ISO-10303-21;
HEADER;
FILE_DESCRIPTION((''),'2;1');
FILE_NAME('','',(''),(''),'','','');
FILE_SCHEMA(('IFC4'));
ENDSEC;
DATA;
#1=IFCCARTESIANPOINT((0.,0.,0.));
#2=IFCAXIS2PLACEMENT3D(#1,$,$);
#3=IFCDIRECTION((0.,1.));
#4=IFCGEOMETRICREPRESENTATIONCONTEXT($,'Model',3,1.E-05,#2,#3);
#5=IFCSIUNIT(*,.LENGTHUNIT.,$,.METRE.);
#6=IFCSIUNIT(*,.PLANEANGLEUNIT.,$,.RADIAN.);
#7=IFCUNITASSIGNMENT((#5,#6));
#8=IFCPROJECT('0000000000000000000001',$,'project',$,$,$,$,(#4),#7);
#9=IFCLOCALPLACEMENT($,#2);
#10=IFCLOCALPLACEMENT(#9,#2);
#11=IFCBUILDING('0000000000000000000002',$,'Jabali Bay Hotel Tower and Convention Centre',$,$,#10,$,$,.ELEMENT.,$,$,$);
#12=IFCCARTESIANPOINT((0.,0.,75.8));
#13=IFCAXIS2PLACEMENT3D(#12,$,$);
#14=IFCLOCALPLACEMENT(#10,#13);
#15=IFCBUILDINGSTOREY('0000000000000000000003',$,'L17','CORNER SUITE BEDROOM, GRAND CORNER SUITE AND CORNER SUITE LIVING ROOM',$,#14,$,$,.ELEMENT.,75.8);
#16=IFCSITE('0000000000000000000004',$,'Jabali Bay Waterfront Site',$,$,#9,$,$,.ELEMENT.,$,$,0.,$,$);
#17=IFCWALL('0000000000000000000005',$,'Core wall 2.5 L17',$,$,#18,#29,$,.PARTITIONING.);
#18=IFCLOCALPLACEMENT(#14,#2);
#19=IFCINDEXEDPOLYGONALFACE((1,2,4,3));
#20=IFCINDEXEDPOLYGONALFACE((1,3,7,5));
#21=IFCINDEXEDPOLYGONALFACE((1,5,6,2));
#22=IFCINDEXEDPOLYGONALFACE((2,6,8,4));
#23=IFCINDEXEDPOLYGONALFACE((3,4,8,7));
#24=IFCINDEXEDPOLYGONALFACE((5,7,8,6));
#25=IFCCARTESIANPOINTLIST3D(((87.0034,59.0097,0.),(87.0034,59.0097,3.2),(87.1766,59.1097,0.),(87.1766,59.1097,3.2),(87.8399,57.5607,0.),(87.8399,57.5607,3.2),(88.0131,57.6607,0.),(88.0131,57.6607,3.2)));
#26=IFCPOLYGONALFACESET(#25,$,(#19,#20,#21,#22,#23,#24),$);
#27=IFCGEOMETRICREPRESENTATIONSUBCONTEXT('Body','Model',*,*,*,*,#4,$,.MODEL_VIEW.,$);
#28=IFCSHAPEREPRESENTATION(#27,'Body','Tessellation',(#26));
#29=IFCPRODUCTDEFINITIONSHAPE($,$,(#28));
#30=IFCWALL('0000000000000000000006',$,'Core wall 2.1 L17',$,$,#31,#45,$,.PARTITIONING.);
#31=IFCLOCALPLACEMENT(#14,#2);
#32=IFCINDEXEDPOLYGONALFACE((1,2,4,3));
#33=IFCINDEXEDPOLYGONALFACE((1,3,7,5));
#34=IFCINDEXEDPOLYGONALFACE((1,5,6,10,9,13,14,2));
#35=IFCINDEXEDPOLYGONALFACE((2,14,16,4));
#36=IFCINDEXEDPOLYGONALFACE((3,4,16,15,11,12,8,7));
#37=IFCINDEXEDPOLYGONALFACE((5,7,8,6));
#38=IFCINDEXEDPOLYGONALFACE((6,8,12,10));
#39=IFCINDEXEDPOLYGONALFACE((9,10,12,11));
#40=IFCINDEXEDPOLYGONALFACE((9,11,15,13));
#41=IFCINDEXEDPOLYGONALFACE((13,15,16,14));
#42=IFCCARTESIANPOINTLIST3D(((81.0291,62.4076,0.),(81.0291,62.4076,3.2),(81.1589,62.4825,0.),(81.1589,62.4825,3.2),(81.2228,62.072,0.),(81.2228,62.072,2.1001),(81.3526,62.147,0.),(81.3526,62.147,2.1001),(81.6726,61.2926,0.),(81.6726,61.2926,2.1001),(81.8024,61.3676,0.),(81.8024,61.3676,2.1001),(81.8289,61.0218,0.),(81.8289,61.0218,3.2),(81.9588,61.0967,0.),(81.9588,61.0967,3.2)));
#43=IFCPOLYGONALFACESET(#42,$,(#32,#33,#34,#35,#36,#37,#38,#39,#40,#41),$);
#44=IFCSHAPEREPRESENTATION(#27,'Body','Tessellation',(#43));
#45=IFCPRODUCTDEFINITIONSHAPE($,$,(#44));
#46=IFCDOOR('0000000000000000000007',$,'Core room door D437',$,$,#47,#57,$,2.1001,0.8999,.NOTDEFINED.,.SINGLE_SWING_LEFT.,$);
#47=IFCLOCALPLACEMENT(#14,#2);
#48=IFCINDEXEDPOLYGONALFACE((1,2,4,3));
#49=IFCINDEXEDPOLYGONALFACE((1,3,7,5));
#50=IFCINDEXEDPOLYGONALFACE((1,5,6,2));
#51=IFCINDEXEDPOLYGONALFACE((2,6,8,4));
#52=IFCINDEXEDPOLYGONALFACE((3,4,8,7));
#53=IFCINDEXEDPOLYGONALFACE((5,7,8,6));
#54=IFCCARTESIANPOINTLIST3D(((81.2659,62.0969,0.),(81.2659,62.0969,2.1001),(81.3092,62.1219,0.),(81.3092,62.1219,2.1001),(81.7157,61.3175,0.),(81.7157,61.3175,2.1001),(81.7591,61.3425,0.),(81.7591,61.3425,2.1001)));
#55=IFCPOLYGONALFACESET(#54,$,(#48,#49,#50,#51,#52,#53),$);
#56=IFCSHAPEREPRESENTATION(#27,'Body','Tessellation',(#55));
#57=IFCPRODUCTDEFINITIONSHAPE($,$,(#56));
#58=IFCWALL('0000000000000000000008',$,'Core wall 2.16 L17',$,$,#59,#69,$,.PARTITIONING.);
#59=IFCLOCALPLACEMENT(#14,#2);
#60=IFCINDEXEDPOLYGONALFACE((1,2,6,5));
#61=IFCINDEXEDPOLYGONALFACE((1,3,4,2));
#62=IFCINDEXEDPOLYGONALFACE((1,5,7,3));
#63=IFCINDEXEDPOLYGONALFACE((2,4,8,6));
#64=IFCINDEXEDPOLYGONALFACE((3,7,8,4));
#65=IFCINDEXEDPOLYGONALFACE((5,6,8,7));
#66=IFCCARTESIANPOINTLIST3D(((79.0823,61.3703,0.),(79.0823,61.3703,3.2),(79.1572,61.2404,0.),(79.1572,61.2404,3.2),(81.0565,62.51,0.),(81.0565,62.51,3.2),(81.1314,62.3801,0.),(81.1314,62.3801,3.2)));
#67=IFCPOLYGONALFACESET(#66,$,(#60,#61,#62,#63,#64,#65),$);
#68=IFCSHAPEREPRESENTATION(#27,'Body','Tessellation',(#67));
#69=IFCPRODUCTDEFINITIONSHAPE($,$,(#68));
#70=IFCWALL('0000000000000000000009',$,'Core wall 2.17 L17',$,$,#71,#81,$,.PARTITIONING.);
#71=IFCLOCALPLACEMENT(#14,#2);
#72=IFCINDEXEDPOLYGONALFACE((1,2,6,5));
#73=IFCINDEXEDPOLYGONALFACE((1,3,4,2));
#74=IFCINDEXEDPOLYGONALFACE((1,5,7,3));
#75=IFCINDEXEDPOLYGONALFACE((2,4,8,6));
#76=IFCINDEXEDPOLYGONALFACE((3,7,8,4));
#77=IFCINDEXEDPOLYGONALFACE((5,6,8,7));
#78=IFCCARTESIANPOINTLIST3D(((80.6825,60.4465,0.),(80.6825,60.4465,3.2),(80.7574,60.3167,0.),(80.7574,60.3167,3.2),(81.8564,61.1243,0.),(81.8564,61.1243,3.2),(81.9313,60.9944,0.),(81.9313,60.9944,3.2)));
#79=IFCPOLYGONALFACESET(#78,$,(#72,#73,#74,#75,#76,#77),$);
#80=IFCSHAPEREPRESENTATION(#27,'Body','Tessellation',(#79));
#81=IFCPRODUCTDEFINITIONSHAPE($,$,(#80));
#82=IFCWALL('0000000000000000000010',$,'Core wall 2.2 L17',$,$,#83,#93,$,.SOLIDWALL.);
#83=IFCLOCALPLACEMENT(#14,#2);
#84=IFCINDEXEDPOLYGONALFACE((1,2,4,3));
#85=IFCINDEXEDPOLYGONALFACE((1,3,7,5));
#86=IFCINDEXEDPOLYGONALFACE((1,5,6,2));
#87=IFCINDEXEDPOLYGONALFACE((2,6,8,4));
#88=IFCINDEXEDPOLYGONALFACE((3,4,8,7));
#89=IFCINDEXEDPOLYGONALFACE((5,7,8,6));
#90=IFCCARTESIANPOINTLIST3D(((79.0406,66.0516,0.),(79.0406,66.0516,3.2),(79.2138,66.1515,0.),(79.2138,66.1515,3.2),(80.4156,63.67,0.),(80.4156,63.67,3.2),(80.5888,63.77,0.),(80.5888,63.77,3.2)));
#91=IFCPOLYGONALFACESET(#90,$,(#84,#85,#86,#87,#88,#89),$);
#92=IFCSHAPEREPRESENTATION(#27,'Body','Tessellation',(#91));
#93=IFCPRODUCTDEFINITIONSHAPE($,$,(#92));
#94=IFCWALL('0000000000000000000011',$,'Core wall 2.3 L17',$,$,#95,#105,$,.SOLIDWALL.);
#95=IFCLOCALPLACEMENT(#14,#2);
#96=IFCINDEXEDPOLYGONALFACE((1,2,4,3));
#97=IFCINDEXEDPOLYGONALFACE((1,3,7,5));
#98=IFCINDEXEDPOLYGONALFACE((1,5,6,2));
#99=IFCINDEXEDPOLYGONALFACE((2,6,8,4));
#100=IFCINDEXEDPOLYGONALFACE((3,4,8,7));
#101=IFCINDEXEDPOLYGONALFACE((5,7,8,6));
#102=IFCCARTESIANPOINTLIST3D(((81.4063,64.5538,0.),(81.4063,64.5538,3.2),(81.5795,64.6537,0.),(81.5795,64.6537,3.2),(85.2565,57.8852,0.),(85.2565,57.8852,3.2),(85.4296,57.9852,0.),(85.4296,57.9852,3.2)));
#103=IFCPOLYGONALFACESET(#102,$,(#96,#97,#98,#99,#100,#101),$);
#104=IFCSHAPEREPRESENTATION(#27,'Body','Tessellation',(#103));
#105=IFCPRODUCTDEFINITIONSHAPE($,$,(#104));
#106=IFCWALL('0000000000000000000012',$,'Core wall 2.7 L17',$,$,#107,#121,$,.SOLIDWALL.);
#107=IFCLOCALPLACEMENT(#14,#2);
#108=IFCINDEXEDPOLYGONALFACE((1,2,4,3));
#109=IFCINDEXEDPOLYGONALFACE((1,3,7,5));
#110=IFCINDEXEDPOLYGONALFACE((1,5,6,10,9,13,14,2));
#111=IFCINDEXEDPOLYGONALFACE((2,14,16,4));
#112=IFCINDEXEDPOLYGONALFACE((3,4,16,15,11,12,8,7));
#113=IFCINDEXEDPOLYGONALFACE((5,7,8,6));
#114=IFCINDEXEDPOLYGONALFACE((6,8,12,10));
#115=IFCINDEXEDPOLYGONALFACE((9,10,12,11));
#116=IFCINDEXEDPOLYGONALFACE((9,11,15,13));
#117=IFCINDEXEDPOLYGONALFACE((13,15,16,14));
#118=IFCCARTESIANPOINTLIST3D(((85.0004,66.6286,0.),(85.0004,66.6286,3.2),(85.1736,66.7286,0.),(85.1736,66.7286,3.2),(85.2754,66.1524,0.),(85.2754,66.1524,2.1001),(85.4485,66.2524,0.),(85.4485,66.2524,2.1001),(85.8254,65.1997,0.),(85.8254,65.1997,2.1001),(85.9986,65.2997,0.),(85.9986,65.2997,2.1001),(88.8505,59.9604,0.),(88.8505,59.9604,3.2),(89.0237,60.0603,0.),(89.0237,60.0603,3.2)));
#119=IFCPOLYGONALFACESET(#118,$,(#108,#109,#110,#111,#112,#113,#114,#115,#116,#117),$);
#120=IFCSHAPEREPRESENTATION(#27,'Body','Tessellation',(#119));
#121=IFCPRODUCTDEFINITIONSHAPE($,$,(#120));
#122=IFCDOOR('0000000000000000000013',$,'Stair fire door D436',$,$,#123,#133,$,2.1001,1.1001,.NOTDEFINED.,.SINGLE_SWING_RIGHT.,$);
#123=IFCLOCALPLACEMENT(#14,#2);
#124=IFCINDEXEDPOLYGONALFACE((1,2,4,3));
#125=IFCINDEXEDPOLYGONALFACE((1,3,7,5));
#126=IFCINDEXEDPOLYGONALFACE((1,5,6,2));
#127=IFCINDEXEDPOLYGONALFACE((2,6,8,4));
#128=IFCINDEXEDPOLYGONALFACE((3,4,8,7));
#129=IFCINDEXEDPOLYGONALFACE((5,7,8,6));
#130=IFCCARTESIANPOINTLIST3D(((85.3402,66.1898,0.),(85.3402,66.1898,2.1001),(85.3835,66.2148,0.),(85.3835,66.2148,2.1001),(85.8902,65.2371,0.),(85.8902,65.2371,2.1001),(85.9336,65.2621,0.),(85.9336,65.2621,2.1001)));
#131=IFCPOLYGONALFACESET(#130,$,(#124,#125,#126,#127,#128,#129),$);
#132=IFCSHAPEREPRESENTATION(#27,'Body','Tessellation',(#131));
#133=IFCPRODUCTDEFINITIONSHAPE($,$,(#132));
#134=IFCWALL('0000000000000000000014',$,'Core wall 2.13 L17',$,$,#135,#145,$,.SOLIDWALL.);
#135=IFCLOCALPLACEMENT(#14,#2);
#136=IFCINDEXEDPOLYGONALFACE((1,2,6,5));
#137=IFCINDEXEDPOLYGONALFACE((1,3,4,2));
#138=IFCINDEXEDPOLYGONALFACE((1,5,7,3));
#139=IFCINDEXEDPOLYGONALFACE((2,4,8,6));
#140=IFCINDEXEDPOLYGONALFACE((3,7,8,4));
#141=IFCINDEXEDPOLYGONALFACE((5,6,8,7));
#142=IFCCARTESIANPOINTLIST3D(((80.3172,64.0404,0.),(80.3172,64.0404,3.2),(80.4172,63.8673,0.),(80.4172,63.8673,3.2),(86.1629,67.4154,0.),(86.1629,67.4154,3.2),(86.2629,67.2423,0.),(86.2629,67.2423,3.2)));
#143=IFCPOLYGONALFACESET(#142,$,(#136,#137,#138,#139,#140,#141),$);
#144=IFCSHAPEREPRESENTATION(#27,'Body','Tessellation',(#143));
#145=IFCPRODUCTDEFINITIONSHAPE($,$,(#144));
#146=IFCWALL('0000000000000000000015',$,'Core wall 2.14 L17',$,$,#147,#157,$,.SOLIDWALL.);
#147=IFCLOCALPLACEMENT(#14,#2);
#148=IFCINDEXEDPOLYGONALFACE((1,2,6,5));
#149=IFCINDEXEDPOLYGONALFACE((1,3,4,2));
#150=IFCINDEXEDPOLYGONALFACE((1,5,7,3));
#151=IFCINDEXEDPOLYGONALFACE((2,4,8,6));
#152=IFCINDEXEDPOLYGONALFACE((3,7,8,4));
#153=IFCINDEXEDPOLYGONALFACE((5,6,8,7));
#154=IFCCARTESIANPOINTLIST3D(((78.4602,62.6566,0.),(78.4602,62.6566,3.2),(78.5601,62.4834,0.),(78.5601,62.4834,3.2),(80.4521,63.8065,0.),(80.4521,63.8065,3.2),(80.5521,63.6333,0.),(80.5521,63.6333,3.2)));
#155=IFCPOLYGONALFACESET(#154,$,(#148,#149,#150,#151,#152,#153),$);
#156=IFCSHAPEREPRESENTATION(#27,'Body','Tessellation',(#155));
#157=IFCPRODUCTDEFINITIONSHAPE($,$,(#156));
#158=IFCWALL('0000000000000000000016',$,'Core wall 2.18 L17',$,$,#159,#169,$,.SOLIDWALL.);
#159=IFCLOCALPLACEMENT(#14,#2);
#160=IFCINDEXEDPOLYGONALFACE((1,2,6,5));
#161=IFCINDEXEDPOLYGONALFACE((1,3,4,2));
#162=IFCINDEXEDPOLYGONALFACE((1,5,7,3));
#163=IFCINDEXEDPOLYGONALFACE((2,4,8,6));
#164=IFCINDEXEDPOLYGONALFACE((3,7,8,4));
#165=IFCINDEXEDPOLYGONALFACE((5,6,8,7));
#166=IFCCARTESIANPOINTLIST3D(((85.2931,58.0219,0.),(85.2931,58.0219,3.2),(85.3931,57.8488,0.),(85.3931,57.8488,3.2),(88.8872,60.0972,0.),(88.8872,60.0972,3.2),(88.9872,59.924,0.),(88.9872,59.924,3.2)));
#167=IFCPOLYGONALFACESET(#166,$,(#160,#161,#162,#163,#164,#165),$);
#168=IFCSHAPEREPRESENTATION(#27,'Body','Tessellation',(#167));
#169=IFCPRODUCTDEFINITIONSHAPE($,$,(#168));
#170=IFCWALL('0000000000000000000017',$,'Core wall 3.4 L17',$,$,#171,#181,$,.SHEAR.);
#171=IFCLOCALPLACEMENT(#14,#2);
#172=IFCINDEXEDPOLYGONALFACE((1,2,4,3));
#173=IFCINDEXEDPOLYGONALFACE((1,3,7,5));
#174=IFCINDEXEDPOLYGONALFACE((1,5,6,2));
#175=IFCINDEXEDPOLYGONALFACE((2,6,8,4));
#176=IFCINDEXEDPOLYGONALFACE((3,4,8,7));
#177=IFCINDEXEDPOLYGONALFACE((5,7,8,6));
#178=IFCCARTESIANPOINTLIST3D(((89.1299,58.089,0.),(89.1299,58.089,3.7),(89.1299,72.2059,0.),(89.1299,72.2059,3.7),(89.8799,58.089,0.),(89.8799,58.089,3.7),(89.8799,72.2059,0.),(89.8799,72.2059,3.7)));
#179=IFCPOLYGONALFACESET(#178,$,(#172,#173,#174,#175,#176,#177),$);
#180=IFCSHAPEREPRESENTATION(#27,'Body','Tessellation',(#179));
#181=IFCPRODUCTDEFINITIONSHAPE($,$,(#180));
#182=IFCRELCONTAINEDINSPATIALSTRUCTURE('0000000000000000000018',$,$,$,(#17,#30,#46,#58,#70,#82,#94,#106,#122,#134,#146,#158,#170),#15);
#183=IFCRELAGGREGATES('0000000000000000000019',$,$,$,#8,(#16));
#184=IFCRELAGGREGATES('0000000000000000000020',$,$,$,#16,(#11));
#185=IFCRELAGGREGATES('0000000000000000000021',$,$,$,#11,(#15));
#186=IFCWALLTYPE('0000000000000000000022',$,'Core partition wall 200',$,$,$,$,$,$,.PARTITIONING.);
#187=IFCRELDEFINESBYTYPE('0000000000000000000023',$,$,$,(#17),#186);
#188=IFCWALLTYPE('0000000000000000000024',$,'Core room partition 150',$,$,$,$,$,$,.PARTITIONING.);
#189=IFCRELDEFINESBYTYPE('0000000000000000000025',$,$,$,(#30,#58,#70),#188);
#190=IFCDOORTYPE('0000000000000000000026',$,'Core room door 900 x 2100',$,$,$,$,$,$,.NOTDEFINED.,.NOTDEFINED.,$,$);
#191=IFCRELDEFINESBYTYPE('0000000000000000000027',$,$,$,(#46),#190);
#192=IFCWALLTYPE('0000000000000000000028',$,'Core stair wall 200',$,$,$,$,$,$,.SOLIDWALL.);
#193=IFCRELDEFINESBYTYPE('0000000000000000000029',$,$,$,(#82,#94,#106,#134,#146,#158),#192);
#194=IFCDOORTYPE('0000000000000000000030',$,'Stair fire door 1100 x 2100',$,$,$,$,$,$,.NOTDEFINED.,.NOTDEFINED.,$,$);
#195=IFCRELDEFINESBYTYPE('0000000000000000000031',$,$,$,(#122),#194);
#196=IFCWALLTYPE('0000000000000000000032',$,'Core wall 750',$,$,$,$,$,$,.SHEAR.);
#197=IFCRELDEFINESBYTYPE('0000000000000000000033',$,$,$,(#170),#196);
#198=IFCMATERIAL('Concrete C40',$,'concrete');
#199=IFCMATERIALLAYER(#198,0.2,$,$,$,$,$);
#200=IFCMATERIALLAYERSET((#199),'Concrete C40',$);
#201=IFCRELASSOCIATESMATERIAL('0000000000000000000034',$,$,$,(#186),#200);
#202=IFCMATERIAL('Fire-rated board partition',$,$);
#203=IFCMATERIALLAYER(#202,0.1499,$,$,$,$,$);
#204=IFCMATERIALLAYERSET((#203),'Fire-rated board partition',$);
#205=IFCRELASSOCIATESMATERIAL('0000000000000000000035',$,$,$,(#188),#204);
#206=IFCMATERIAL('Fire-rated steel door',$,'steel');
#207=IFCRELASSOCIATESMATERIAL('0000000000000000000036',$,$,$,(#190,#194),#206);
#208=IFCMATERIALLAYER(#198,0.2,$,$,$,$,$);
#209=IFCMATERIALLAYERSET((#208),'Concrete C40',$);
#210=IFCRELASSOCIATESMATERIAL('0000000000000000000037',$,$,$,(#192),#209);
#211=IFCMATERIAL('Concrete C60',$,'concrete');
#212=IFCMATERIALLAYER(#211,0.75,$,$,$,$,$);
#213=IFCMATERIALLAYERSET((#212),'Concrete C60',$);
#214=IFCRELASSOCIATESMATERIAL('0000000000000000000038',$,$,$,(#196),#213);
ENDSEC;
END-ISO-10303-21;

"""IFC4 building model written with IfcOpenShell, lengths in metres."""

from ifc_helpers import new_model, si_unit, direction, frame, frame_2d, origin, place, context, subcontext, project, spatial, rectangle, extrude, material, layer, layer_set, type_object, element, fill, save


model = new_model("IFC4")

# Units and contexts
model_context = context("Model", 3, precision=1e-05, world=origin(), true_north=direction((0.0, 1.0)))
body_context = subcontext(model_context, "Body", "Model", "MODEL_VIEW")
ifc_project = project(units=[si_unit("LENGTHUNIT", "METRE"), si_unit("PLANEANGLEUNIT", "RADIAN")], contexts=[model_context])

# Site, building, storey
site_placement = place(None, origin())
site = spatial("IfcSite", under=ifc_project, at=site_placement, Name="Jabali Bay Waterfront Site", CompositionType="ELEMENT", RefElevation=0.0)
building_placement = place(site_placement, origin())
building = spatial("IfcBuilding", under=site, at=building_placement, Name="Jabali Bay Hotel Tower and Convention Centre", CompositionType="ELEMENT")
storey_placement = place(building_placement, frame((0.0, 0.0, 75.8)))
storey = spatial("IfcBuildingStorey", under=building, at=storey_placement, Name="L17", Description="CORNER SUITE BEDROOM, GRAND CORNER SUITE AND CORNER SUITE LIVING ROOM", CompositionType="ELEMENT", Elevation=75.8)

# Wall
ifc_material_1 = material(Name="Concrete C40", Category="concrete")
ifc_layer_1 = layer(ifc_material_1, 0.2)
ifc_layer_set_1 = layer_set([ifc_layer_1], Name="Concrete C40")
wall_type_1 = type_object("IfcWallType", Name="Core partition wall 200", PredefinedType="PARTITIONING", material=ifc_layer_set_1)
wall_1_placement = place(storey_placement, frame((87.0901, 59.0596, 0.0), z_axis=(0.0, 0.0, 1.0), x_axis=(0.499937, -0.866062, 0.0)))
element("IfcWall", 1, at=wall_1_placement, inside=storey, type_object=wall_type_1, Name="Core wall 2.5 L17", PredefinedType="PARTITIONING", context=body_context, shape_type="SweptSolid", body=[
    extrude(rectangle(XDim=1.6731, YDim=0.2, at=frame_2d((0.8364, 0.0))), origin(), (0.0, 0.0, 1.0), 3.2),
])

# Wall, opening, door
ifc_material_2 = material(Name="Fire-rated board partition")
ifc_layer_2 = layer(ifc_material_2, 0.1499)
ifc_layer_set_2 = layer_set([ifc_layer_2], Name="Fire-rated board partition")
wall_type_2 = type_object("IfcWallType", Name="Core room partition 150", PredefinedType="PARTITIONING", material=ifc_layer_set_2)
wall_2_placement = place(storey_placement, frame((81.094, 62.4451, 0.0), z_axis=(0.0, 0.0, 1.0), x_axis=(0.499881, -0.866094, 0.0)))
wall_2 = element("IfcWall", 2, at=wall_2_placement, inside=storey, type_object=wall_type_2, Name="Core wall 2.1 L17", PredefinedType="PARTITIONING", context=body_context, shape_type="SweptSolid", body=[
    extrude(rectangle(XDim=1.6001, YDim=0.1499, at=frame_2d((0.8, 0.0))), origin(), (0.0, 0.0, 1.0), 3.2),
])
opening_1_placement = place(wall_2_placement, frame((0.3875, 0.0, 0.0)))
opening_1 = element("IfcOpeningElement", 3, at=opening_1_placement, cuts=wall_2, PredefinedType="OPENING", context=body_context, shape_type="SweptSolid", body=[
    extrude(rectangle(XDim=0.8999, YDim=2.1001, at=frame_2d((0.45, 1.05))), frame((0.0, 0.0854, 0.0), z_axis=(0.0, -1.0, 0.0), x_axis=(1.0, 0.0, 0.0)), (0.0, 0.0, 1.0), 0.1709),
])
ifc_material_3 = material(Name="Fire-rated steel door", Category="steel")
door_type_1 = type_object("IfcDoorType", Name="Core room door 900 x 2100", OperationType="NOTDEFINED", PredefinedType="NOTDEFINED", material=ifc_material_3)
door_1_placement = place(opening_1_placement, origin())
door_1 = element("IfcDoor", 4, at=door_1_placement, inside=storey, type_object=door_type_1, Name="Core room door D437", OperationType="SINGLE_SWING_LEFT", OverallHeight=2.1001, OverallWidth=0.8999, PredefinedType="NOTDEFINED", context=body_context, shape_type="SweptSolid", body=[
    extrude(rectangle(XDim=0.8999, YDim=2.1001, at=frame_2d((0.45, 1.05))), frame((0.0, 0.0249, 0.0), z_axis=(0.0, -1.0, 0.0), x_axis=(1.0, 0.0, 0.0)), (0.0, 0.0, 1.0), 0.05),
])
fill(opening_1, door_1)

# Walls
wall_3_placement = place(storey_placement, frame((79.1199, 61.3054, 0.0), z_axis=(0.0, 0.0, 1.0), x_axis=(0.866046, 0.499964, 0.0)))
element("IfcWall", 5, at=wall_3_placement, inside=storey, type_object=wall_type_2, Name="Core wall 2.16 L17", PredefinedType="PARTITIONING", context=body_context, shape_type="SweptSolid", body=[
    extrude(rectangle(XDim=2.2795, YDim=0.1499, at=frame_2d((1.1396, 0.0))), origin(), (0.0, 0.0, 1.0), 3.2),
])
wall_4_placement = place(storey_placement, frame((80.72, 60.3816, 0.0), z_axis=(0.0, 0.0, 1.0), x_axis=(0.866018, 0.500013, 0.0)))
element("IfcWall", 6, at=wall_4_placement, inside=storey, type_object=wall_type_2, Name="Core wall 2.17 L17", PredefinedType="PARTITIONING", context=body_context, shape_type="SweptSolid", body=[
    extrude(rectangle(XDim=1.3555, YDim=0.1499, at=frame_2d((0.6777, 0.0))), origin(), (0.0, 0.0, 1.0), 3.2),
])
ifc_layer_3 = layer(ifc_material_1, 0.2)
ifc_layer_set_3 = layer_set([ifc_layer_3], Name="Concrete C40")
wall_type_3 = type_object("IfcWallType", Name="Core stair wall 200", PredefinedType="SOLIDWALL", material=ifc_layer_set_3)
wall_5_placement = place(storey_placement, frame((79.1272, 66.1016, 0.0), z_axis=(0.0, 0.0, 1.0), x_axis=(0.499997, -0.866027, 0.0)))
element("IfcWall", 7, at=wall_5_placement, inside=storey, type_object=wall_type_3, Name="Core wall 2.2 L17", PredefinedType="SOLIDWALL", context=body_context, shape_type="SweptSolid", body=[
    extrude(rectangle(XDim=2.75, YDim=0.2, at=frame_2d((1.375, 0.0))), origin(), (0.0, 0.0, 1.0), 3.2),
])
wall_6_placement = place(storey_placement, frame((81.4929, 64.6038, 0.0), z_axis=(0.0, 0.0, 1.0), x_axis=(0.500006, -0.866022, 0.0)))
element("IfcWall", 8, at=wall_6_placement, inside=storey, type_object=wall_type_3, Name="Core wall 2.3 L17", PredefinedType="SOLIDWALL", context=body_context, shape_type="SweptSolid", body=[
    extrude(rectangle(XDim=7.7002, YDim=0.2, at=frame_2d((3.8501, 0.0))), origin(), (0.0, 0.0, 1.0), 3.2),
])

# Wall, opening, door
wall_7_placement = place(storey_placement, frame((85.0869, 66.6787, 0.0), z_axis=(0.0, 0.0, 1.0), x_axis=(0.50002, -0.866014, 0.0)))
wall_7 = element("IfcWall", 9, at=wall_7_placement, inside=storey, type_object=wall_type_3, Name="Core wall 2.7 L17", PredefinedType="SOLIDWALL", context=body_context, shape_type="SweptSolid", body=[
    extrude(rectangle(XDim=7.7, YDim=0.2, at=frame_2d((3.8501, 0.0))), origin(), (0.0, 0.0, 1.0), 3.2),
])
opening_2_placement = place(wall_7_placement, frame((0.55, 0.0, 0.0)))
opening_2 = element("IfcOpeningElement", 10, at=opening_2_placement, cuts=wall_7, PredefinedType="OPENING", context=body_context, shape_type="SweptSolid", body=[
    extrude(rectangle(XDim=1.1001, YDim=2.1001, at=frame_2d((0.55, 1.05))), frame((0.0, 0.1104, 0.0), z_axis=(0.0, -1.0, 0.0), x_axis=(1.0, 0.0, 0.0)), (0.0, 0.0, 1.0), 0.2209),
])
door_type_2 = type_object("IfcDoorType", Name="Stair fire door 1100 x 2100", OperationType="NOTDEFINED", PredefinedType="NOTDEFINED", material=ifc_material_3)
door_2_placement = place(opening_2_placement, origin())
door_2 = element("IfcDoor", 11, at=door_2_placement, inside=storey, type_object=door_type_2, Name="Stair fire door D436", OperationType="SINGLE_SWING_RIGHT", OverallHeight=2.1001, OverallWidth=1.1001, PredefinedType="NOTDEFINED", context=body_context, shape_type="SweptSolid", body=[
    extrude(rectangle(XDim=1.1001, YDim=2.1001, at=frame_2d((0.55, 1.05))), frame((0.0, 0.0249, 0.0), z_axis=(0.0, -1.0, 0.0), x_axis=(1.0, 0.0, 0.0)), (0.0, 0.0, 1.0), 0.05),
])
fill(opening_2, door_2)

# Walls
wall_8_placement = place(storey_placement, frame((80.3672, 63.9539, 0.0), z_axis=(0.0, 0.0, 1.0), x_axis=(0.866027, 0.499998, 0.0)))
element("IfcWall", 12, at=wall_8_placement, inside=storey, type_object=wall_type_3, Name="Core wall 2.13 L17", PredefinedType="SOLIDWALL", context=body_context, shape_type="SweptSolid", body=[
    extrude(rectangle(XDim=6.75, YDim=0.2, at=frame_2d((3.375, 0.0))), origin(), (0.0, 0.0, 1.0), 3.2),
])
wall_9_placement = place(storey_placement, frame((78.5103, 62.5701, 0.0), z_axis=(0.0, 0.0, 1.0), x_axis=(0.866053, 0.499952, 0.0)))
element("IfcWall", 13, at=wall_9_placement, inside=storey, type_object=wall_type_3, Name="Core wall 2.14 L17", PredefinedType="SOLIDWALL", context=body_context, shape_type="SweptSolid", body=[
    extrude(rectangle(XDim=2.3, YDim=0.2, at=frame_2d((1.1499, 0.0))), origin(), (0.0, 0.0, 1.0), 3.2),
])
wall_10_placement = place(storey_placement, frame((85.343, 57.9353, 0.0), z_axis=(0.0, 0.0, 1.0), x_axis=(0.866004, 0.500036, 0.0)))
element("IfcWall", 14, at=wall_10_placement, inside=storey, type_object=wall_type_3, Name="Core wall 2.18 L17", PredefinedType="SOLIDWALL", context=body_context, shape_type="SweptSolid", body=[
    extrude(rectangle(XDim=4.1501, YDim=0.2, at=frame_2d((2.0752, 0.0))), origin(), (0.0, 0.0, 1.0), 3.2),
])
ifc_material_4 = material(Name="Concrete C60", Category="concrete")
ifc_layer_4 = layer(ifc_material_4, 0.75)
ifc_layer_set_4 = layer_set([ifc_layer_4], Name="Concrete C60")
wall_type_4 = type_object("IfcWallType", Name="Core wall 750", PredefinedType="SHEAR", material=ifc_layer_set_4)
wall_11_placement = place(storey_placement, frame((89.5049, 58.0889, 0.0), z_axis=(0.0, 0.0, 1.0), x_axis=(0.0, 1.0, 0.0)))
element("IfcWall", 15, at=wall_11_placement, inside=storey, type_object=wall_type_4, Name="Core wall 3.4 L17", PredefinedType="SHEAR", context=body_context, shape_type="SweptSolid", body=[
    extrude(rectangle(XDim=14.1169, YDim=0.75, at=frame_2d((7.0586, 0.0))), origin(), (0.0, 0.0, 1.0), 3.7),
])

save(model, "model.ifc")
